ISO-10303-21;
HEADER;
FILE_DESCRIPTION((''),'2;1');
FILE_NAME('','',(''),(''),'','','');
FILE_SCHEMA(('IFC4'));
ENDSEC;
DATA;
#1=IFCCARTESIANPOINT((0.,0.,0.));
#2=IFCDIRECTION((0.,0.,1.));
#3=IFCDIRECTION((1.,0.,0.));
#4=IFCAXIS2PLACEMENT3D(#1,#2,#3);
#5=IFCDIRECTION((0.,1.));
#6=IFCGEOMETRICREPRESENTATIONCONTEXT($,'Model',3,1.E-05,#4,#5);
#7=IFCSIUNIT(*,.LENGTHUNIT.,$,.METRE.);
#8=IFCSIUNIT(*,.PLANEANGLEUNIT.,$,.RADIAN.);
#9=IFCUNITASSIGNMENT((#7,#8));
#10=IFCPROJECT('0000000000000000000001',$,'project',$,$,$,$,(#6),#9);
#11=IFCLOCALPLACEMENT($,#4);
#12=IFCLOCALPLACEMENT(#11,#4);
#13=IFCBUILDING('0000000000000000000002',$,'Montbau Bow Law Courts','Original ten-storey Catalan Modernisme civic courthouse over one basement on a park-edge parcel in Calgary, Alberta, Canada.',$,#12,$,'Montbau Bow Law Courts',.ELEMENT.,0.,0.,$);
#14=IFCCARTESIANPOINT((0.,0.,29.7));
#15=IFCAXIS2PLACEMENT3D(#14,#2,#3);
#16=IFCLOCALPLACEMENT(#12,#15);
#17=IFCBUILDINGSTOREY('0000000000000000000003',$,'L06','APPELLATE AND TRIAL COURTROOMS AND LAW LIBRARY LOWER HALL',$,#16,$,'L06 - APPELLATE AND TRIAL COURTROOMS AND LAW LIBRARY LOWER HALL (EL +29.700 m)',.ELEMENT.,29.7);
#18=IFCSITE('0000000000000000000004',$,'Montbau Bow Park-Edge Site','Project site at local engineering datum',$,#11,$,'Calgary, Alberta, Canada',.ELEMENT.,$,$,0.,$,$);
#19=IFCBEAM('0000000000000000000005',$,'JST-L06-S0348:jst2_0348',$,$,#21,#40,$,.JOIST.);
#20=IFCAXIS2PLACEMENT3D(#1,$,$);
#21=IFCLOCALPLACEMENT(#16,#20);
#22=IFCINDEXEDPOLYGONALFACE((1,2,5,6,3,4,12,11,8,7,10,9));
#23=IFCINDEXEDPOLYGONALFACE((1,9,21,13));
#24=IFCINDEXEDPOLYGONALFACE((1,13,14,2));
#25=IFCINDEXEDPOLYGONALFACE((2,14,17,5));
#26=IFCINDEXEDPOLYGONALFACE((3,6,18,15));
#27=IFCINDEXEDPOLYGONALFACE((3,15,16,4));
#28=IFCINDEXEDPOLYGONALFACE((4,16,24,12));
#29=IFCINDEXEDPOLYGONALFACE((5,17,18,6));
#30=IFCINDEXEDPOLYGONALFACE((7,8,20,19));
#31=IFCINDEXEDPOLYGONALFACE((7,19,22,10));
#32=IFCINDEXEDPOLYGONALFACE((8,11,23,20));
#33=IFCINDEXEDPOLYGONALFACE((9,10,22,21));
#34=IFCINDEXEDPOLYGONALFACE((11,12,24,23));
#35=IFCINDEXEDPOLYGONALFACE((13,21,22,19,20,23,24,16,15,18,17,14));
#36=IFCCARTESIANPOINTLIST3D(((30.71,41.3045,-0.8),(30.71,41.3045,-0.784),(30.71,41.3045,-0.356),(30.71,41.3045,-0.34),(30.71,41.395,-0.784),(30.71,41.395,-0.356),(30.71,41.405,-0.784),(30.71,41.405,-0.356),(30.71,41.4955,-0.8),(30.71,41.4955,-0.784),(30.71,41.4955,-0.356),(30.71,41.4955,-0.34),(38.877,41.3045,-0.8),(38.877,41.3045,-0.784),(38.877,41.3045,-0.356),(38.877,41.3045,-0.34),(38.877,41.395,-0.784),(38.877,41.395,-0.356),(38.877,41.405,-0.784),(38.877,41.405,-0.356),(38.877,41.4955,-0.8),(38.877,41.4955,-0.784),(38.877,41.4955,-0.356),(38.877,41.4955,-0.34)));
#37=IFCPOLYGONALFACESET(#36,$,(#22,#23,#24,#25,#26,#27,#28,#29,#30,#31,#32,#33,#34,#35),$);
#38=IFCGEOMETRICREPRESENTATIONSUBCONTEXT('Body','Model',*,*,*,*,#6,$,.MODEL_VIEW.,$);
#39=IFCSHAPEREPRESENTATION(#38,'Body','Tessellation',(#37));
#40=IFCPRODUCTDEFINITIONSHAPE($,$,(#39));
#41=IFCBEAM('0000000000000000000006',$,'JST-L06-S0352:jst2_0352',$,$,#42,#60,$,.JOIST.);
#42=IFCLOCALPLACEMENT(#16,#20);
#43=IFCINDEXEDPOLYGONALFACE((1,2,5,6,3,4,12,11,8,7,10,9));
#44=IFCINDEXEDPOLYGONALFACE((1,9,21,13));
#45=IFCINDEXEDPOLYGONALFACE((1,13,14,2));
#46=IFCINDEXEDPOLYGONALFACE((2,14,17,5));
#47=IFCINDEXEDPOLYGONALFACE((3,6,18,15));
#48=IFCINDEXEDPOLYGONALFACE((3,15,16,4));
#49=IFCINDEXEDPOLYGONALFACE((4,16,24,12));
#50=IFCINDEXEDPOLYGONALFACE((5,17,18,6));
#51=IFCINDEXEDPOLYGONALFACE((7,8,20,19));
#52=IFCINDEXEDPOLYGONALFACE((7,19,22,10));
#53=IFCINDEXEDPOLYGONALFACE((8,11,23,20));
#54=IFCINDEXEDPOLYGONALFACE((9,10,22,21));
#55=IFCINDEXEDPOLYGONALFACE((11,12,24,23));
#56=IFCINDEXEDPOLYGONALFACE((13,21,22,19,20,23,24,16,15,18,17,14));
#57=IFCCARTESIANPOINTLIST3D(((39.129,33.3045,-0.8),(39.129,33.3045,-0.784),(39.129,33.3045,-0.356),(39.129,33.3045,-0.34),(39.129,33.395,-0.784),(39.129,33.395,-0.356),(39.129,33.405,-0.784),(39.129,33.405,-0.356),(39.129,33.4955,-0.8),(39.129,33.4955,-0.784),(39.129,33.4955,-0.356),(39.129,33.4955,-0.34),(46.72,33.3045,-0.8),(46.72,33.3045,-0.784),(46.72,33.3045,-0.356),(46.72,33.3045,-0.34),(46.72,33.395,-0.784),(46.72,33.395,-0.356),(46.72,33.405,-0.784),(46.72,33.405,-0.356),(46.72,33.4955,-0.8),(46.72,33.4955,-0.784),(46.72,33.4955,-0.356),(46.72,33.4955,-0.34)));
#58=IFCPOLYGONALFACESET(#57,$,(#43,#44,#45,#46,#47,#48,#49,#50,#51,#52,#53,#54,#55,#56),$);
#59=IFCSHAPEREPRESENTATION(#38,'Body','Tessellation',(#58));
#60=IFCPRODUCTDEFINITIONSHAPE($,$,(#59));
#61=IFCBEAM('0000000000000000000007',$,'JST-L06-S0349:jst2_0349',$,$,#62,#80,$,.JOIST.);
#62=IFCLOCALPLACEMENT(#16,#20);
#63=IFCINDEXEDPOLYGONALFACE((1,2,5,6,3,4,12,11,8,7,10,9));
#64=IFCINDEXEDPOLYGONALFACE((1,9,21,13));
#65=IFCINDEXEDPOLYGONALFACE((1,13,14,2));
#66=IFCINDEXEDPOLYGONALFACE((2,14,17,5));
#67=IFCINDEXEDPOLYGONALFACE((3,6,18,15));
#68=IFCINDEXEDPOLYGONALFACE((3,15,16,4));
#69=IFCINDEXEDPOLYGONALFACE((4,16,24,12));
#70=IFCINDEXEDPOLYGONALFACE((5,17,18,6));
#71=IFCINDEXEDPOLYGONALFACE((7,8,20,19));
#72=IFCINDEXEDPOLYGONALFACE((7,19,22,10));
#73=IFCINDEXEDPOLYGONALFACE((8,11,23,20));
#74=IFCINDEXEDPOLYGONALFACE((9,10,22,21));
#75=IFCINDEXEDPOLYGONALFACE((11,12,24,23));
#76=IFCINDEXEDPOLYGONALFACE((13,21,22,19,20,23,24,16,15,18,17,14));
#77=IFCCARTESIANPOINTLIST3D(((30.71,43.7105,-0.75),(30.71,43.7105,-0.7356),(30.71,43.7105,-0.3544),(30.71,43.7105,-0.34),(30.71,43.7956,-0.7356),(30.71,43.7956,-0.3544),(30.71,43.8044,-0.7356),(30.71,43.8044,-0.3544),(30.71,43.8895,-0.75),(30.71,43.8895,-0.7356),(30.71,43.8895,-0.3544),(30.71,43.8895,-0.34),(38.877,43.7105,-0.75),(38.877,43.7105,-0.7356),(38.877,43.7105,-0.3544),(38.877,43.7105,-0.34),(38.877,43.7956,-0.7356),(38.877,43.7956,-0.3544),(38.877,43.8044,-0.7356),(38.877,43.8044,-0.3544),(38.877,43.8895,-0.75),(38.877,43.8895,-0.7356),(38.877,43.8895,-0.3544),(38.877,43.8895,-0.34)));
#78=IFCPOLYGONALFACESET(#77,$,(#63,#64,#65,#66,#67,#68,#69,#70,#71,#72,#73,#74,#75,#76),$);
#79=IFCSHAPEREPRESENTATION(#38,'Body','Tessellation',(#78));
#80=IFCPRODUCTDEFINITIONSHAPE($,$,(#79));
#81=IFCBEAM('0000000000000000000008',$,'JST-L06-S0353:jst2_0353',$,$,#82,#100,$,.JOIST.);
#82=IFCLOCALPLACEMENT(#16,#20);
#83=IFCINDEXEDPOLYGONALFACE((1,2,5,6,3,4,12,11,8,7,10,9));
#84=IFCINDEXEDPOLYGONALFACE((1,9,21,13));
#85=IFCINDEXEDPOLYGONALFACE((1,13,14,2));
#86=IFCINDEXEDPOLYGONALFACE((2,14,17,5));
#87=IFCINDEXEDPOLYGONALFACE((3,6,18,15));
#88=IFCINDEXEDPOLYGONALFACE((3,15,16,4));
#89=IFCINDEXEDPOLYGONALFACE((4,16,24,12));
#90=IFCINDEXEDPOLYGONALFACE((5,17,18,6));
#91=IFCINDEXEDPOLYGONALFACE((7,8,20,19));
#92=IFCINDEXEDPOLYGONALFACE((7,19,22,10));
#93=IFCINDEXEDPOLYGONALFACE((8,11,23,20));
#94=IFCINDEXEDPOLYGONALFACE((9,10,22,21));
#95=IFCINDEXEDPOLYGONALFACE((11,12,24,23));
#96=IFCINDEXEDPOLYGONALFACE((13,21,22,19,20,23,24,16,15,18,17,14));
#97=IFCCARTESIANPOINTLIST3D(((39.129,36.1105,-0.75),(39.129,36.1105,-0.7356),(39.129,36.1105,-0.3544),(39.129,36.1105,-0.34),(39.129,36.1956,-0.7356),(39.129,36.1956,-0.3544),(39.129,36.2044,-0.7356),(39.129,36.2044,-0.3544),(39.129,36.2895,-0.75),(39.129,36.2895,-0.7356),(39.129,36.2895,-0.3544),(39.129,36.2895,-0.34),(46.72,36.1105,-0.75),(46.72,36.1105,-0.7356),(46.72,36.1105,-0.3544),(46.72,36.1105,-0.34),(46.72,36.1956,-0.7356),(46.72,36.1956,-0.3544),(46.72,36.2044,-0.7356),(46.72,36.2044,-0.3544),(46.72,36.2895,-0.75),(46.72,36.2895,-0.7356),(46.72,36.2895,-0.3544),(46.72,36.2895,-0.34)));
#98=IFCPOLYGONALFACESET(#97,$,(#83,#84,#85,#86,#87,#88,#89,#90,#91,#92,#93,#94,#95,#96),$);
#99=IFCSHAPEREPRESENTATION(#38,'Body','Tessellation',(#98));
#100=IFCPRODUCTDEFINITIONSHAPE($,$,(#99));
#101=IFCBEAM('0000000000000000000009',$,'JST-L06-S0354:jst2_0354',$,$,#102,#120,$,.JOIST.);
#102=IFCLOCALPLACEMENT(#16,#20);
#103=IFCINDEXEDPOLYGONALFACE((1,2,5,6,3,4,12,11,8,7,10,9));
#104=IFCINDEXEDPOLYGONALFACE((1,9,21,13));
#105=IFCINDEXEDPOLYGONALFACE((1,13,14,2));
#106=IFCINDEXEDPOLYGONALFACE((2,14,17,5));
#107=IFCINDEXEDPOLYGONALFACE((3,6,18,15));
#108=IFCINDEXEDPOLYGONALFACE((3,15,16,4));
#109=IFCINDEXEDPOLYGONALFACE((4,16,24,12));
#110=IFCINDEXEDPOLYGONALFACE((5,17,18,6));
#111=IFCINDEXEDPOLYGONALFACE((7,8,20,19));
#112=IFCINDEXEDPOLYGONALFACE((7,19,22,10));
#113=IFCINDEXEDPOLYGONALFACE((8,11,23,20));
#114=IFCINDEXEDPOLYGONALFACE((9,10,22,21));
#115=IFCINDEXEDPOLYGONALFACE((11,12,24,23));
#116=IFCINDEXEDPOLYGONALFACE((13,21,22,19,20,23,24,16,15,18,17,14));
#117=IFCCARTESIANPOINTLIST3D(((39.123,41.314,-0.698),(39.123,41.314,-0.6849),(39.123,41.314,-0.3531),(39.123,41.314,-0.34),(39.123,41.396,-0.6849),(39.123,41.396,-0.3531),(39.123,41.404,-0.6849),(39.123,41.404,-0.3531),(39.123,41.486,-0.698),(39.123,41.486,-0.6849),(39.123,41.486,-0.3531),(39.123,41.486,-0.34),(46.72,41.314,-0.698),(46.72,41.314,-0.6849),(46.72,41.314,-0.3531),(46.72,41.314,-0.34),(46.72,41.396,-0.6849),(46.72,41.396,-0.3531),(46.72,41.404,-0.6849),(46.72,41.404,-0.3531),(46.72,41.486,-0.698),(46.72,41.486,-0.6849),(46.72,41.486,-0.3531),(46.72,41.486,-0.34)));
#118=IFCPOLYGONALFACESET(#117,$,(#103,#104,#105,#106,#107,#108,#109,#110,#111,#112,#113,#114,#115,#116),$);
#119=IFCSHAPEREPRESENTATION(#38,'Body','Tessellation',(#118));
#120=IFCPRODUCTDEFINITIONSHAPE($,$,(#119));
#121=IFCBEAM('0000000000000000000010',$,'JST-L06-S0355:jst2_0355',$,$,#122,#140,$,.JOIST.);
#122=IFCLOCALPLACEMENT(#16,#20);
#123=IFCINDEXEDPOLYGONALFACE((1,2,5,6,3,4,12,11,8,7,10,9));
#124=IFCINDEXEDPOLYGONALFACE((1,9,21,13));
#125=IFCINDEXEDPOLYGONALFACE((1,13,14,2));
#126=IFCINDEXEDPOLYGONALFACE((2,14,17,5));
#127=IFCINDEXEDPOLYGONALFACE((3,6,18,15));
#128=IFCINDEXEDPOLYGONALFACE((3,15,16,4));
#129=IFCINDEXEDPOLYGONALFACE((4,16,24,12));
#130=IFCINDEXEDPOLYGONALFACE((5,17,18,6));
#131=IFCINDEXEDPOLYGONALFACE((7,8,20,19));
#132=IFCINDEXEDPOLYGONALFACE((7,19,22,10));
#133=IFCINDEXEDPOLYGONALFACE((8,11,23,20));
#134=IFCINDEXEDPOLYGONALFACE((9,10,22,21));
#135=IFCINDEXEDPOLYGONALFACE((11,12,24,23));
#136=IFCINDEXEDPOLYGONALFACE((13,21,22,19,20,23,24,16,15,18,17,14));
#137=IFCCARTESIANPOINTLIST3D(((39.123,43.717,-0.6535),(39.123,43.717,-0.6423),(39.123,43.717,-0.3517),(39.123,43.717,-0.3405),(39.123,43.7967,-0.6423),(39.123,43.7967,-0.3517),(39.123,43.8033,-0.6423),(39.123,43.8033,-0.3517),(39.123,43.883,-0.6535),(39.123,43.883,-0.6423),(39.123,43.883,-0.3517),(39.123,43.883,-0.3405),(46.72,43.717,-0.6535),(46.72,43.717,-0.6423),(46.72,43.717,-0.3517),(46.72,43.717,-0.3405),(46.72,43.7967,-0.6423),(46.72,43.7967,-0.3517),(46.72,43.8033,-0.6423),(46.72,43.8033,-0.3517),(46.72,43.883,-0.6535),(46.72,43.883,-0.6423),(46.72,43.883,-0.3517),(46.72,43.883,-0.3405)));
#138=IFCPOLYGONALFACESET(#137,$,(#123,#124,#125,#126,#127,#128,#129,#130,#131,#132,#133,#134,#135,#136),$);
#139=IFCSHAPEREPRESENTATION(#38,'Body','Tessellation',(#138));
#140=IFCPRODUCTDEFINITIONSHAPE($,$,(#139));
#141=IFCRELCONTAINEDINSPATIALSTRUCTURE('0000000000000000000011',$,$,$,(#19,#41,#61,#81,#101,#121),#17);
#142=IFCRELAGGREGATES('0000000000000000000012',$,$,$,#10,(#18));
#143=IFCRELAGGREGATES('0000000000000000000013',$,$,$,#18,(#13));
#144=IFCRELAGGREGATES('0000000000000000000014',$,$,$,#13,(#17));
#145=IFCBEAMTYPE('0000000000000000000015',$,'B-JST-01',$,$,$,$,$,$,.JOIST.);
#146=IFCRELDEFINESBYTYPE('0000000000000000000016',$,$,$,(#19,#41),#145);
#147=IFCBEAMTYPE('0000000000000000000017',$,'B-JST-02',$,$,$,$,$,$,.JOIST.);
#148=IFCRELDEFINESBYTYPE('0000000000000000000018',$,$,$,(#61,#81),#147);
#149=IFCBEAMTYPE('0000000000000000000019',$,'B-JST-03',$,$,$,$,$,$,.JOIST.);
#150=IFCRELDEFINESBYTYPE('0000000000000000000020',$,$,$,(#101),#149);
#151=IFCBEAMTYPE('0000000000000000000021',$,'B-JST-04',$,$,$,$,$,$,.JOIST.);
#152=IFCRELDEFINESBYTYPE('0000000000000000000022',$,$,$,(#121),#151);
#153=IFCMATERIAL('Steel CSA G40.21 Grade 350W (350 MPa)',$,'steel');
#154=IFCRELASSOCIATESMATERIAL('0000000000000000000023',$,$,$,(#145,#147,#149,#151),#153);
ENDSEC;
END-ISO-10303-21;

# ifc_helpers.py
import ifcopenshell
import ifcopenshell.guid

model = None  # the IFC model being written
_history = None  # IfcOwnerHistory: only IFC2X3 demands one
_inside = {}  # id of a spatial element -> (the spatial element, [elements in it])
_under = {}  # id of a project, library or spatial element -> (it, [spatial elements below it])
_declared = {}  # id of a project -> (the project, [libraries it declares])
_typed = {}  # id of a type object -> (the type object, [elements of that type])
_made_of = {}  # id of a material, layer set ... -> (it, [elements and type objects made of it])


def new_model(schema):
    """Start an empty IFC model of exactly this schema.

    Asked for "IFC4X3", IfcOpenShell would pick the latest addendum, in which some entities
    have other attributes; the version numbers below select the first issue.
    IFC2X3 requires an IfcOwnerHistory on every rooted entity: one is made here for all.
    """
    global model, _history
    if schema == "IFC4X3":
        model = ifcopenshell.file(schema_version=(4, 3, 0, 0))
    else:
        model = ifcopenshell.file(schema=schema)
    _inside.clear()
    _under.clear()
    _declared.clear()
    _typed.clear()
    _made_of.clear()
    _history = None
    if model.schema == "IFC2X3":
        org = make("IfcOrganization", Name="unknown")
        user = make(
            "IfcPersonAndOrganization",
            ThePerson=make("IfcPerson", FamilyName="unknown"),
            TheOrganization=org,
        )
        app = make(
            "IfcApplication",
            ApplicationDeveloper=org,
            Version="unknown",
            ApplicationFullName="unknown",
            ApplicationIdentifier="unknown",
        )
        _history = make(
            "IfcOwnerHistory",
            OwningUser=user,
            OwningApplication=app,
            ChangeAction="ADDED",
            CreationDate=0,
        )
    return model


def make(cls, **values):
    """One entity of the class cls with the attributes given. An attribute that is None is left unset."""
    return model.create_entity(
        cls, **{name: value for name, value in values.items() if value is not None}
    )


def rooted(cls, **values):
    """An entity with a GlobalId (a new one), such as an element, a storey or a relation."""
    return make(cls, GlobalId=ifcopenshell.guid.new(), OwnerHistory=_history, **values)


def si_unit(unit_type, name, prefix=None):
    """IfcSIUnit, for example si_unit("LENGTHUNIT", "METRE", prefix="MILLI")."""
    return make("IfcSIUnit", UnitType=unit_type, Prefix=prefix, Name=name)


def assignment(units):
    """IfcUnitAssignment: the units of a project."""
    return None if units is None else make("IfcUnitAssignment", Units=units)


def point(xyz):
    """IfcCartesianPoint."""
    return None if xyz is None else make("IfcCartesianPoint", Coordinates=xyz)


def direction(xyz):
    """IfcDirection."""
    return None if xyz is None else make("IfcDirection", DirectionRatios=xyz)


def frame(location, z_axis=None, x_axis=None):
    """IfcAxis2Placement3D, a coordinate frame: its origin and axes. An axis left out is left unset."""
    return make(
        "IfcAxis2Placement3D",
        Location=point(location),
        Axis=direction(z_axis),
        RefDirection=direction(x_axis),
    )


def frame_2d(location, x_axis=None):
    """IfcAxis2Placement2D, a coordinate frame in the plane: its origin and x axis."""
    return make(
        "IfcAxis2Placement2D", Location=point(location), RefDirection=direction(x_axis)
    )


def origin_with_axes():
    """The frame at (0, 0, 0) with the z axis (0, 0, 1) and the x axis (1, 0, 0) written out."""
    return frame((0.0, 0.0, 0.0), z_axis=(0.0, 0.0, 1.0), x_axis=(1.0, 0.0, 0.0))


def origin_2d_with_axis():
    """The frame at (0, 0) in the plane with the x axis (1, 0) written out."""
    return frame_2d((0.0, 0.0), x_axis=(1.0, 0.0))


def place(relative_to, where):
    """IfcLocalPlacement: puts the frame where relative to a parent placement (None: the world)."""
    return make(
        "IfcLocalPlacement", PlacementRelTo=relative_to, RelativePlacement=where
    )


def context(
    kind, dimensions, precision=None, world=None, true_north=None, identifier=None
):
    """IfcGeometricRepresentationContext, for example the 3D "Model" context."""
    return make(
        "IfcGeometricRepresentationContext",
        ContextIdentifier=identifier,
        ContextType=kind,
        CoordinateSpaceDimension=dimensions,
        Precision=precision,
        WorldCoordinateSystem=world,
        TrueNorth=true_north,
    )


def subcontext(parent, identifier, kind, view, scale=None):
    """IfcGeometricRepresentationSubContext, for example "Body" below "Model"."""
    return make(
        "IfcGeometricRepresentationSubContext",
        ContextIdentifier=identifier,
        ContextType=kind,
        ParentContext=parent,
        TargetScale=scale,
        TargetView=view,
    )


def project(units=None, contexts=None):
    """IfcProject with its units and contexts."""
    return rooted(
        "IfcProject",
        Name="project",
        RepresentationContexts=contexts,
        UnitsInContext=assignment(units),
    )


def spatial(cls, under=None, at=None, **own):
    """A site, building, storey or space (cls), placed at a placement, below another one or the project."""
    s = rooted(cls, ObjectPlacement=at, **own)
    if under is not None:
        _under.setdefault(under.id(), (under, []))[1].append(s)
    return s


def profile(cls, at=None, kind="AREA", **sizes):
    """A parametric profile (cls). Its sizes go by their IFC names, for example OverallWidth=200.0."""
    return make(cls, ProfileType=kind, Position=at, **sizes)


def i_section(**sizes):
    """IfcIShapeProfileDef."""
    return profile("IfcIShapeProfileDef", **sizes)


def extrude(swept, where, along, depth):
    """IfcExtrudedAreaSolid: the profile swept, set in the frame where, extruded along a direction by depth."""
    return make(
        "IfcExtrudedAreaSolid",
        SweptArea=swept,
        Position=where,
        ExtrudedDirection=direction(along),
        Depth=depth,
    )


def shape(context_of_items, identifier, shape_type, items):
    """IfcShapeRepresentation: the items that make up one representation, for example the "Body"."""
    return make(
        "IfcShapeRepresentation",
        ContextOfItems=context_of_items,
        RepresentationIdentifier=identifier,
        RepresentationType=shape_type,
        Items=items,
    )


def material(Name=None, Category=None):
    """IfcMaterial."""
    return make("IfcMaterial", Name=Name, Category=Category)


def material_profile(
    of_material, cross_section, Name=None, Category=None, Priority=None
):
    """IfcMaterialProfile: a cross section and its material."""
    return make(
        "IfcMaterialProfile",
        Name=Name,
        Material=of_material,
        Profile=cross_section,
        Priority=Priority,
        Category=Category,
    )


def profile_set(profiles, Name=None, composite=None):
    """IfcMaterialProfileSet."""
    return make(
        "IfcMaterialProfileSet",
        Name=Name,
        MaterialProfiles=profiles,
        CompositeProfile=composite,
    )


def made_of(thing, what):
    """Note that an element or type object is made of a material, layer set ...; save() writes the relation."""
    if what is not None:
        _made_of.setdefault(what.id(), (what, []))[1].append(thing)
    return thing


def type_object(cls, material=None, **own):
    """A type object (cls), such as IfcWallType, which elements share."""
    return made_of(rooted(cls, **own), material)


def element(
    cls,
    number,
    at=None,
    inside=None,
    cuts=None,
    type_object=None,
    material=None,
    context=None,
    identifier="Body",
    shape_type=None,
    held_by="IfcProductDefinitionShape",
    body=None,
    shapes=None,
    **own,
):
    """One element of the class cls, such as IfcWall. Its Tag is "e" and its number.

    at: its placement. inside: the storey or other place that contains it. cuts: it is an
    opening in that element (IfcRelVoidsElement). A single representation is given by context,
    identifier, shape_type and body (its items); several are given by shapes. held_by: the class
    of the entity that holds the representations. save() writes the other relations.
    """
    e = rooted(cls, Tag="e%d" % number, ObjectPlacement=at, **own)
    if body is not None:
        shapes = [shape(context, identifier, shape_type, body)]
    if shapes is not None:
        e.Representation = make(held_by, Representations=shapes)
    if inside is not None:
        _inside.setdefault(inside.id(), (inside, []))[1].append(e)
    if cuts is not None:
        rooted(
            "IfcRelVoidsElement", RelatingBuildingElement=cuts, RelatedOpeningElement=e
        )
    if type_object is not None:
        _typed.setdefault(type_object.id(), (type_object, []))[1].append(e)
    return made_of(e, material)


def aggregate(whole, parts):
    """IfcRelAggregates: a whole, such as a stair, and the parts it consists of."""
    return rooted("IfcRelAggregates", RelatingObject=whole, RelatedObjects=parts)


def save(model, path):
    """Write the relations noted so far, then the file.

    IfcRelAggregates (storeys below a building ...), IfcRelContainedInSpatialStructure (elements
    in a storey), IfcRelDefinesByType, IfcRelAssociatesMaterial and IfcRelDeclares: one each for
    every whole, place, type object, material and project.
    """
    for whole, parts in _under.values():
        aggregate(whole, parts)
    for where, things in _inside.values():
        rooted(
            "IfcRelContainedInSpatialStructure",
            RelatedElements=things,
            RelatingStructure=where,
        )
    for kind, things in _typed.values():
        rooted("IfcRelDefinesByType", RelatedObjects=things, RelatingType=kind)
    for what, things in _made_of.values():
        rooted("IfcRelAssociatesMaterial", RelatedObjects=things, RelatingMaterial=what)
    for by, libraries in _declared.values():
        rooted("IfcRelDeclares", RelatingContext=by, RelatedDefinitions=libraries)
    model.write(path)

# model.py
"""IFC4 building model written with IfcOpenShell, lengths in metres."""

from ifc_helpers import new_model, si_unit, direction, frame, origin_with_axes, origin_2d_with_axis, place, context, subcontext, project, spatial, i_section, extrude, material, material_profile, profile_set, type_object, element, save


model = new_model("IFC4")

# Units and contexts
model_context = context("Model", 3, precision=1e-05, world=origin_with_axes(), true_north=direction((0.0, 1.0)))
body_context = subcontext(model_context, "Body", "Model", "MODEL_VIEW")
ifc_project = project(units=[si_unit("LENGTHUNIT", "METRE"), si_unit("PLANEANGLEUNIT", "RADIAN")], contexts=[model_context])

# Site, building, storey
site_placement = place(None, origin_with_axes())
site = spatial("IfcSite", under=ifc_project, at=site_placement, Name="Montbau Bow Park-Edge Site", Description="Project site at local engineering datum", LongName="Calgary, Alberta, Canada", CompositionType="ELEMENT", RefElevation=0.0)
building_placement = place(site_placement, origin_with_axes())
building = spatial("IfcBuilding", under=site, at=building_placement, Name="Montbau Bow Law Courts", Description="Original ten-storey Catalan Modernisme civic courthouse over one basement on a park-edge parcel in Calgary, Alberta, Canada.", LongName="Montbau Bow Law Courts", CompositionType="ELEMENT", ElevationOfRefHeight=0.0, ElevationOfTerrain=0.0)
storey_placement = place(building_placement, frame((0.0, 0.0, 29.7), z_axis=(0.0, 0.0, 1.0), x_axis=(1.0, 0.0, 0.0)))
storey = spatial("IfcBuildingStorey", under=building, at=storey_placement, Name="L06", Description="APPELLATE AND TRIAL COURTROOMS AND LAW LIBRARY LOWER HALL", LongName="L06 - APPELLATE AND TRIAL COURTROOMS AND LAW LIBRARY LOWER HALL (EL +29.700 m)", CompositionType="ELEMENT", Elevation=29.7)

# Shared definitions
ifc_material_1 = material(Name="Steel CSA G40.21 Grade 350W (350 MPa)", Category="steel")

# Beams
ifc_material_profile_1 = material_profile(ifc_material_1, i_section(OverallWidth=0.191, OverallDepth=0.46, WebThickness=0.0099, FlangeThickness=0.016, at=origin_2d_with_axis()), Name="W460X82", Category="Main", Priority=0)
ifc_profile_set_1 = profile_set([ifc_material_profile_1], Name="Steel CSA G40.21 Grade 350W (350 MPa)")
beam_type_1 = type_object("IfcBeamType", Name="B-JST-01", PredefinedType="JOIST", material=ifc_profile_set_1)
beam_1_placement = place(None, frame((30.71, 41.4, 29.13), z_axis=(1.0, 0.0, 0.0), x_axis=(0.0, 1.0, 0.0)))
element("IfcBeam", 1, at=beam_1_placement, inside=storey, type_object=beam_type_1, Name="JST-L06-S0348:jst2_0348", PredefinedType="JOIST", context=body_context, shape_type="SweptSolid", body=[
    extrude(i_section(OverallWidth=0.191, OverallDepth=0.46, WebThickness=0.0099, FlangeThickness=0.016, at=origin_2d_with_axis()), origin_with_axes(), (0.0, 0.0, 1.0), 8.167),
])
beam_2_placement = place(None, frame((39.129, 33.4, 29.13), z_axis=(1.0, 0.0, 0.0), x_axis=(0.0, 1.0, 0.0)))
element("IfcBeam", 2, at=beam_2_placement, inside=storey, type_object=beam_type_1, Name="JST-L06-S0352:jst2_0352", PredefinedType="JOIST", context=body_context, shape_type="SweptSolid", body=[
    extrude(i_section(OverallWidth=0.191, OverallDepth=0.46, WebThickness=0.0099, FlangeThickness=0.016, at=origin_2d_with_axis()), origin_with_axes(), (0.0, 0.0, 1.0), 7.591),
])
ifc_material_profile_2 = material_profile(ifc_material_1, i_section(OverallWidth=0.179, OverallDepth=0.41, WebThickness=0.0088, FlangeThickness=0.0144, at=origin_2d_with_axis()), Name="W410X67", Category="Main", Priority=0)
ifc_profile_set_2 = profile_set([ifc_material_profile_2], Name="Steel CSA G40.21 Grade 350W (350 MPa)")
beam_type_2 = type_object("IfcBeamType", Name="B-JST-02", PredefinedType="JOIST", material=ifc_profile_set_2)
beam_3_placement = place(None, frame((30.71, 43.8, 29.155), z_axis=(1.0, 0.0, 0.0), x_axis=(0.0, 1.0, 0.0)))
element("IfcBeam", 3, at=beam_3_placement, inside=storey, type_object=beam_type_2, Name="JST-L06-S0349:jst2_0349", PredefinedType="JOIST", context=body_context, shape_type="SweptSolid", body=[
    extrude(i_section(OverallWidth=0.179, OverallDepth=0.41, WebThickness=0.0088, FlangeThickness=0.0144, at=origin_2d_with_axis()), origin_with_axes(), (0.0, 0.0, 1.0), 8.167),
])
beam_4_placement = place(None, frame((39.129, 36.2, 29.155), z_axis=(1.0, 0.0, 0.0), x_axis=(0.0, 1.0, 0.0)))
element("IfcBeam", 4, at=beam_4_placement, inside=storey, type_object=beam_type_2, Name="JST-L06-S0353:jst2_0353", PredefinedType="JOIST", context=body_context, shape_type="SweptSolid", body=[
    extrude(i_section(OverallWidth=0.179, OverallDepth=0.41, WebThickness=0.0088, FlangeThickness=0.0144, at=origin_2d_with_axis()), origin_with_axes(), (0.0, 0.0, 1.0), 7.591),
])
ifc_material_profile_3 = material_profile(ifc_material_1, i_section(OverallWidth=0.172, OverallDepth=0.358, WebThickness=0.0079, FlangeThickness=0.0131, at=origin_2d_with_axis()), Name="W360X57", Category="Main", Priority=0)
ifc_profile_set_3 = profile_set([ifc_material_profile_3], Name="Steel CSA G40.21 Grade 350W (350 MPa)")
beam_type_3 = type_object("IfcBeamType", Name="B-JST-03", PredefinedType="JOIST", material=ifc_profile_set_3)
beam_5_placement = place(None, frame((39.123, 41.4, 29.181), z_axis=(1.0, 0.0, 0.0), x_axis=(0.0, 1.0, 0.0)))
element("IfcBeam", 5, at=beam_5_placement, inside=storey, type_object=beam_type_3, Name="JST-L06-S0354:jst2_0354", PredefinedType="JOIST", context=body_context, shape_type="SweptSolid", body=[
    extrude(i_section(OverallWidth=0.172, OverallDepth=0.358, WebThickness=0.0079, FlangeThickness=0.0131, at=origin_2d_with_axis()), origin_with_axes(), (0.0, 0.0, 1.0), 7.597),
])
ifc_material_profile_4 = material_profile(ifc_material_1, i_section(OverallWidth=0.166, OverallDepth=0.313, WebThickness=0.0066, FlangeThickness=0.0112, at=origin_2d_with_axis()), Name="W310X45", Category="Main", Priority=0)
ifc_profile_set_4 = profile_set([ifc_material_profile_4], Name="Steel CSA G40.21 Grade 350W (350 MPa)")
beam_type_4 = type_object("IfcBeamType", Name="B-JST-04", PredefinedType="JOIST", material=ifc_profile_set_4)
beam_6_placement = place(None, frame((39.123, 43.8, 29.203), z_axis=(1.0, 0.0, 0.0), x_axis=(0.0, 1.0, 0.0)))
element("IfcBeam", 6, at=beam_6_placement, inside=storey, type_object=beam_type_4, Name="JST-L06-S0355:jst2_0355", PredefinedType="JOIST", context=body_context, shape_type="SweptSolid", body=[
    extrude(i_section(OverallWidth=0.166, OverallDepth=0.313, WebThickness=0.0066, FlangeThickness=0.0112, at=origin_2d_with_axis()), origin_with_axes(), (0.0, 0.0, 1.0), 7.597),
])

save(model, "model.ifc")
